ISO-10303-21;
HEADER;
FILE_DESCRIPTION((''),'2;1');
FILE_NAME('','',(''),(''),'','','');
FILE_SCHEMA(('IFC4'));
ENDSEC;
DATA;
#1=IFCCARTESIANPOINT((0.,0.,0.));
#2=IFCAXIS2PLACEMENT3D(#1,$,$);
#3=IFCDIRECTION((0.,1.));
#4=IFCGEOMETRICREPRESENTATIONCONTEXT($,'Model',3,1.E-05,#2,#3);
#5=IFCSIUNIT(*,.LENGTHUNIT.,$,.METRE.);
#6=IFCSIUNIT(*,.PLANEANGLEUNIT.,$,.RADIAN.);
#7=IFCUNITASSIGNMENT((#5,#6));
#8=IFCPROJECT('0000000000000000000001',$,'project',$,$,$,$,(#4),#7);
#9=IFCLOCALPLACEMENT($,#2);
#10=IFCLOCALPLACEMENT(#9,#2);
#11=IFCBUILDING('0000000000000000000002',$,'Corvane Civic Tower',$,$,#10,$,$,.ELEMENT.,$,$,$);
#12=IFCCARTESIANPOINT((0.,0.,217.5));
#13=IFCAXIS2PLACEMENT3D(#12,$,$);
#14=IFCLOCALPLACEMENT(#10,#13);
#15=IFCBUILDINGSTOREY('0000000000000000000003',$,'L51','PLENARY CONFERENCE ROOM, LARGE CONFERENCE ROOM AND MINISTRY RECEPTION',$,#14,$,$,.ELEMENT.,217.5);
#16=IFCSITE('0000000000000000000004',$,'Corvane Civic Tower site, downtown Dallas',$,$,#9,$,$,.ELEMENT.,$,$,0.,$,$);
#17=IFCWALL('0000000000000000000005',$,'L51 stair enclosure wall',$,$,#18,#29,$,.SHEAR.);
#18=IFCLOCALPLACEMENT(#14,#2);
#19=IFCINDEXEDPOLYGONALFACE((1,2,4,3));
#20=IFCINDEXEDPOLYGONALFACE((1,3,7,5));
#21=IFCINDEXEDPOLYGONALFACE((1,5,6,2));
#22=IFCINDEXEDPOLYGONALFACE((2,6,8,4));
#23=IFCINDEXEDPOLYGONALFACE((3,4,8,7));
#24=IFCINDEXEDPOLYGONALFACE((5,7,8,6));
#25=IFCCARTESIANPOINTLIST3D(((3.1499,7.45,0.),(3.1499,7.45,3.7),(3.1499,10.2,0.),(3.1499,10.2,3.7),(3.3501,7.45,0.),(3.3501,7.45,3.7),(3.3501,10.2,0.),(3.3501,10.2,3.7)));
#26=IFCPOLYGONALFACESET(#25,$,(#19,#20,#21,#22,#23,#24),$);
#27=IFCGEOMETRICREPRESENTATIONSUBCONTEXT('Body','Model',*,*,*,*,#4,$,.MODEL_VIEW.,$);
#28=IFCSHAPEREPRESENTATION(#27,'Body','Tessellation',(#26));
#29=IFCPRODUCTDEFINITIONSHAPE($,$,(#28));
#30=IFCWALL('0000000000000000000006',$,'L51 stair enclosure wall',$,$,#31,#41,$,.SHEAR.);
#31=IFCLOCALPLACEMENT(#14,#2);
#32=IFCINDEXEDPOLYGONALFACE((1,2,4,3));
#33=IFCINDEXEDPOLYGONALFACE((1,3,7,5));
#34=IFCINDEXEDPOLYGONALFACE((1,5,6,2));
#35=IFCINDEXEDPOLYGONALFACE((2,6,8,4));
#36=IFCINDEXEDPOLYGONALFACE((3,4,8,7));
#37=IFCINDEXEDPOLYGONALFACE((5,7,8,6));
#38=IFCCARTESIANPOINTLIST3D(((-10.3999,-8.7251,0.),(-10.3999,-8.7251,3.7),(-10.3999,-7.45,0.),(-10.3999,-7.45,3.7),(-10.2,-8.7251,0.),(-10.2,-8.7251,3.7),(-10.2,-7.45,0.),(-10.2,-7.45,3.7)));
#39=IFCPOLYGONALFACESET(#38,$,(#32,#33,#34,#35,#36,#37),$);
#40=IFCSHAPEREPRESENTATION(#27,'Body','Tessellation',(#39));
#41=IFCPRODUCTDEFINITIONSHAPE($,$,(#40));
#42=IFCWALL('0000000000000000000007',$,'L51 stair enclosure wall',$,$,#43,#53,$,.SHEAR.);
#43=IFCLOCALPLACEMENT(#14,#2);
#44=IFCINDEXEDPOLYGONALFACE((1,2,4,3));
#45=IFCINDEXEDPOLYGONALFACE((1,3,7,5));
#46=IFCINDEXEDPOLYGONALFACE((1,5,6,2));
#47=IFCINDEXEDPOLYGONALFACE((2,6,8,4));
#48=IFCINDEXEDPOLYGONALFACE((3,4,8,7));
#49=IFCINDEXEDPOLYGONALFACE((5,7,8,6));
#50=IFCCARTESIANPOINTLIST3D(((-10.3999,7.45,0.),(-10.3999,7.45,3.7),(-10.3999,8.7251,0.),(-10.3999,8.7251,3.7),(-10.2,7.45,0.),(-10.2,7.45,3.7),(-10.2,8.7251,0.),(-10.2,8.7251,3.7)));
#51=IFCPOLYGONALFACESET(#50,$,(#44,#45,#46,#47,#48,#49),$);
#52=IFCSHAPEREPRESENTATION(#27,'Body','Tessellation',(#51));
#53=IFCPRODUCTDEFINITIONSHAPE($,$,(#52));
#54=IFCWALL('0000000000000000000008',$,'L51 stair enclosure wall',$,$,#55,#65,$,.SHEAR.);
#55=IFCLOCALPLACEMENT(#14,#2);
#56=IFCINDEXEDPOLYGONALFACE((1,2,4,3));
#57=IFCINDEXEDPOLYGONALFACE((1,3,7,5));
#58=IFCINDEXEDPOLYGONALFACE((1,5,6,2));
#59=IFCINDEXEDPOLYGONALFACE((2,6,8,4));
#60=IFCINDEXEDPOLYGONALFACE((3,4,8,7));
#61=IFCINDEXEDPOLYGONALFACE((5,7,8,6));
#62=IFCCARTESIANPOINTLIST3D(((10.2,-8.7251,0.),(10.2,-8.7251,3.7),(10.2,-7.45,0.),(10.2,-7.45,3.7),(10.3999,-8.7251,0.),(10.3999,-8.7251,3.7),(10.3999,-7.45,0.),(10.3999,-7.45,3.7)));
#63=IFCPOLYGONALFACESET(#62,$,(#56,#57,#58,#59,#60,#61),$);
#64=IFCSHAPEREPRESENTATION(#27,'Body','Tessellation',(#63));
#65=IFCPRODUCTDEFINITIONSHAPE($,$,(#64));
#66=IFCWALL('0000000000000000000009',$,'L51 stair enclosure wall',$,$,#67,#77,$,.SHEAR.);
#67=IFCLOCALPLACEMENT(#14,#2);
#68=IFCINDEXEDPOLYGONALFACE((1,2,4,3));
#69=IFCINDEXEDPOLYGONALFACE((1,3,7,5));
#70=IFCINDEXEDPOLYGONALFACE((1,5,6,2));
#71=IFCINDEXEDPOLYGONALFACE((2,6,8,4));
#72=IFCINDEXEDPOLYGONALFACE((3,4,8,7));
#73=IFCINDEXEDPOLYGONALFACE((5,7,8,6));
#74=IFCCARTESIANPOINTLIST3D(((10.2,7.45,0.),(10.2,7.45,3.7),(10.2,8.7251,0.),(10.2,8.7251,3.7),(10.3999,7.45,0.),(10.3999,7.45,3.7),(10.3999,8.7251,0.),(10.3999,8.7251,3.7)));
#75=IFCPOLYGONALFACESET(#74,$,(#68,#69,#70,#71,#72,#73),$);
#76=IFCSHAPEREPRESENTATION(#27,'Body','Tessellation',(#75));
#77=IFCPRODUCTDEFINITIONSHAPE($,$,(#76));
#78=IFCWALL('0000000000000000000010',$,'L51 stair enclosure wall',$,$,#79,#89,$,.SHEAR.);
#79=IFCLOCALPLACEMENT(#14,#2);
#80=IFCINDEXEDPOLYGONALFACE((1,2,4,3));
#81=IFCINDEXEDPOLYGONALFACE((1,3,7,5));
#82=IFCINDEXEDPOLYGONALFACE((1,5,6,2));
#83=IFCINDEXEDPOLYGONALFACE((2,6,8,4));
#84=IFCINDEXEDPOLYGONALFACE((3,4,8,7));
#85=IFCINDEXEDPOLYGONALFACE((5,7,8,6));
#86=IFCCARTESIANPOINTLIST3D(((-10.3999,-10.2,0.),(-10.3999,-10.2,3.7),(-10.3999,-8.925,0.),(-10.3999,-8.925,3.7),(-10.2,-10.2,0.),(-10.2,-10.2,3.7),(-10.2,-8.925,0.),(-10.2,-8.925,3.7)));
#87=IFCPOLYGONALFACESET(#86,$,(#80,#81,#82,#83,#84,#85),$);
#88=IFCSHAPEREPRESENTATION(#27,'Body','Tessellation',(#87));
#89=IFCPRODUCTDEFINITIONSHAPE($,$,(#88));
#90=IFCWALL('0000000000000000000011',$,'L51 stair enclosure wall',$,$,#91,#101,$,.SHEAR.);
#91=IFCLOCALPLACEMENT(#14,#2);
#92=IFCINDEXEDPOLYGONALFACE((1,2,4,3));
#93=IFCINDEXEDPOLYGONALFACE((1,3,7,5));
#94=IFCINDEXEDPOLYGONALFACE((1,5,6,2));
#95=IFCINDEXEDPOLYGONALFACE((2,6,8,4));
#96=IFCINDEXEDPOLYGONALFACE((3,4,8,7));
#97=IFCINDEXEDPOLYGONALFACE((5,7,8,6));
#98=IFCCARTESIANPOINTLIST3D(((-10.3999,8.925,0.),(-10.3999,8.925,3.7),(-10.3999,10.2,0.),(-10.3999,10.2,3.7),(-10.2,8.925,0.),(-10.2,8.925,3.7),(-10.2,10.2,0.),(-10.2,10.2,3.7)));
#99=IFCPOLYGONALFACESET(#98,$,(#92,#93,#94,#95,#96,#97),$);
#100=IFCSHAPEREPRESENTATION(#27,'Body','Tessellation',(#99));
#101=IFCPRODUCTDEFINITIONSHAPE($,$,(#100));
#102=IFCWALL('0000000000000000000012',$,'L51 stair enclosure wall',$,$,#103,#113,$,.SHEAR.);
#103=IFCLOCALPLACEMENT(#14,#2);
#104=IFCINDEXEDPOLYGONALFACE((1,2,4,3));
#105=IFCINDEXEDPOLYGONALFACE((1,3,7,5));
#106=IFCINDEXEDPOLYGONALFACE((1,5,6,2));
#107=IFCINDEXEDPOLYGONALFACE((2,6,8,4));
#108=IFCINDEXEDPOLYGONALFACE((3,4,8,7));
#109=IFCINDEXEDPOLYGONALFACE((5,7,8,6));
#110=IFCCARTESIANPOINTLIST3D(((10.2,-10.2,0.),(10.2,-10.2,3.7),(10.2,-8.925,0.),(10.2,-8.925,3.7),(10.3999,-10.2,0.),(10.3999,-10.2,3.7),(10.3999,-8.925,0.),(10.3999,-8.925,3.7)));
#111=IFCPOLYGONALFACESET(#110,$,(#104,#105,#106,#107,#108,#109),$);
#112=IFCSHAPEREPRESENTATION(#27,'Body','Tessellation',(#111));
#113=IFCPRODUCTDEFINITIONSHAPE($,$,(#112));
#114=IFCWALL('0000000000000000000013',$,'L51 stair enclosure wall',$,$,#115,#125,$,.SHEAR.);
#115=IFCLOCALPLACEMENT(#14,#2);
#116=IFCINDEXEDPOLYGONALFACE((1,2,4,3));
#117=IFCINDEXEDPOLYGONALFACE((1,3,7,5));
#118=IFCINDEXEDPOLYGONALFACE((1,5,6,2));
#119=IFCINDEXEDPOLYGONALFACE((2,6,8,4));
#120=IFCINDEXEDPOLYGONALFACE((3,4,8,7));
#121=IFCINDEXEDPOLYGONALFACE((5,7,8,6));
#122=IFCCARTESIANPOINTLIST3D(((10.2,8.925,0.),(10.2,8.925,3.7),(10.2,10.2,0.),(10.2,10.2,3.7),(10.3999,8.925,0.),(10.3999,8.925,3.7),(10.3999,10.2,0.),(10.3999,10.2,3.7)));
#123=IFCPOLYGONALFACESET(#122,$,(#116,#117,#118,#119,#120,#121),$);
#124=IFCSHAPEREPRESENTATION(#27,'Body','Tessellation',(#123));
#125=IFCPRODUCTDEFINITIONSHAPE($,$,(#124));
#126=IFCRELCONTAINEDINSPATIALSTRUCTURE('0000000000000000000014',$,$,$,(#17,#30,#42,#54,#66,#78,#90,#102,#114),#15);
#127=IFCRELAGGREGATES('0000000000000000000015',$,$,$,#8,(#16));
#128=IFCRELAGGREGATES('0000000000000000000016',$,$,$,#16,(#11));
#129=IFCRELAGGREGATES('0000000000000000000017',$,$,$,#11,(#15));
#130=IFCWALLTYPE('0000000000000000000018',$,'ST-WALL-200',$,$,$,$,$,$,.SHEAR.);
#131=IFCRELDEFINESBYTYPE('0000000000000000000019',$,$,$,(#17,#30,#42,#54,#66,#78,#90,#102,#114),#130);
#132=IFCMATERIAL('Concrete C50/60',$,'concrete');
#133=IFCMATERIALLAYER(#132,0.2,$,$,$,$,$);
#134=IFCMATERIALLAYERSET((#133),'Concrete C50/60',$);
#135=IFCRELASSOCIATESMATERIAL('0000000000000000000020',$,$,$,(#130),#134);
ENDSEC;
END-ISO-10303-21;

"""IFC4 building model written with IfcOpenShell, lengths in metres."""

from ifc_helpers import new_model, si_unit, direction, frame, origin, place, context, subcontext, project, spatial, polyline, outline, extrude, material, layer, layer_set, type_object, element, save


model = new_model("IFC4")

# Units and contexts
model_context = context("Model", 3, precision=1e-05, world=origin(), true_north=direction((0.0, 1.0)))
body_context = subcontext(model_context, "Body", "Model", "MODEL_VIEW")
ifc_project = project(units=[si_unit("LENGTHUNIT", "METRE"), si_unit("PLANEANGLEUNIT", "RADIAN")], contexts=[model_context])

# Site, building, storey
site_placement = place(None, origin())
site = spatial("IfcSite", under=ifc_project, at=site_placement, Name="Corvane Civic Tower site, downtown Dallas", CompositionType="ELEMENT", RefElevation=0.0)
building_placement = place(site_placement, origin())
building = spatial("IfcBuilding", under=site, at=building_placement, Name="Corvane Civic Tower", CompositionType="ELEMENT")
storey_placement = place(building_placement, frame((0.0, 0.0, 217.5)))
storey = spatial("IfcBuildingStorey", under=building, at=storey_placement, Name="L51", Description="PLENARY CONFERENCE ROOM, LARGE CONFERENCE ROOM AND MINISTRY RECEPTION", CompositionType="ELEMENT", Elevation=217.5)

# Shared definitions
ifc_material_1 = material(Name="Concrete C50/60", Category="concrete")
ifc_layer_1 = layer(ifc_material_1, 0.2)
ifc_layer_set_1 = layer_set([ifc_layer_1], Name="Concrete C50/60")
wall_type_1 = type_object("IfcWallType", Name="ST-WALL-200", PredefinedType="SHEAR", material=ifc_layer_set_1)

# Walls
wall_1_placement = place(storey_placement, origin())
element("IfcWall", 1, at=wall_1_placement, inside=storey, type_object=wall_type_1, Name="L51 stair enclosure wall", PredefinedType="SHEAR", context=body_context, shape_type="SweptSolid", body=[
    extrude(outline(polyline([(3.3501, 7.45), (3.1499, 7.45), (3.1499, 10.2), (3.3501, 10.2), (3.3501, 7.45)])), origin(), (0.0, 0.0, 1.0), 3.7),
])
wall_2_placement = place(storey_placement, origin())
element("IfcWall", 2, at=wall_2_placement, inside=storey, type_object=wall_type_1, Name="L51 stair enclosure wall", PredefinedType="SHEAR", context=body_context, shape_type="SweptSolid", body=[
    extrude(outline(polyline([(-10.2, -7.45), (-10.2, -8.7251), (-10.3999, -8.7251), (-10.3999, -7.45), (-10.2, -7.45)])), origin(), (0.0, 0.0, 1.0), 3.7),
])
wall_3_placement = place(storey_placement, origin())
element("IfcWall", 3, at=wall_3_placement, inside=storey, type_object=wall_type_1, Name="L51 stair enclosure wall", PredefinedType="SHEAR", context=body_context, shape_type="SweptSolid", body=[
    extrude(outline(polyline([(-10.2, 8.7251), (-10.2, 7.45), (-10.3999, 7.45), (-10.3999, 8.7251), (-10.2, 8.7251)])), origin(), (0.0, 0.0, 1.0), 3.7),
])
wall_4_placement = place(storey_placement, origin())
element("IfcWall", 4, at=wall_4_placement, inside=storey, type_object=wall_type_1, Name="L51 stair enclosure wall", PredefinedType="SHEAR", context=body_context, shape_type="SweptSolid", body=[
    extrude(outline(polyline([(10.3999, -7.45), (10.3999, -8.7251), (10.2, -8.7251), (10.2, -7.45), (10.3999, -7.45)])), origin(), (0.0, 0.0, 1.0), 3.7),
])
wall_5_placement = place(storey_placement, origin())
element("IfcWall", 5, at=wall_5_placement, inside=storey, type_object=wall_type_1, Name="L51 stair enclosure wall", PredefinedType="SHEAR", context=body_context, shape_type="SweptSolid", body=[
    extrude(outline(polyline([(10.3999, 8.7251), (10.3999, 7.45), (10.2, 7.45), (10.2, 8.7251), (10.3999, 8.7251)])), origin(), (0.0, 0.0, 1.0), 3.7),
])
wall_6_placement = place(storey_placement, origin())
element("IfcWall", 6, at=wall_6_placement, inside=storey, type_object=wall_type_1, Name="L51 stair enclosure wall", PredefinedType="SHEAR", context=body_context, shape_type="SweptSolid", body=[
    extrude(outline(polyline([(-10.2, -8.925), (-10.2, -10.2), (-10.3999, -10.2), (-10.3999, -8.925), (-10.2, -8.925)])), origin(), (0.0, 0.0, 1.0), 3.7),
])
wall_7_placement = place(storey_placement, origin())
element("IfcWall", 7, at=wall_7_placement, inside=storey, type_object=wall_type_1, Name="L51 stair enclosure wall", PredefinedType="SHEAR", context=body_context, shape_type="SweptSolid", body=[
    extrude(outline(polyline([(-10.2, 8.925), (-10.3999, 8.925), (-10.3999, 10.2), (-10.2, 10.2), (-10.2, 8.925)])), origin(), (0.0, 0.0, 1.0), 3.7),
])
wall_8_placement = place(storey_placement, origin())
element("IfcWall", 8, at=wall_8_placement, inside=storey, type_object=wall_type_1, Name="L51 stair enclosure wall", PredefinedType="SHEAR", context=body_context, shape_type="SweptSolid", body=[
    extrude(outline(polyline([(10.3999, -8.925), (10.3999, -10.2), (10.2, -10.2), (10.2, -8.925), (10.3999, -8.925)])), origin(), (0.0, 0.0, 1.0), 3.7),
])
wall_9_placement = place(storey_placement, origin())
element("IfcWall", 9, at=wall_9_placement, inside=storey, type_object=wall_type_1, Name="L51 stair enclosure wall", PredefinedType="SHEAR", context=body_context, shape_type="SweptSolid", body=[
    extrude(outline(polyline([(10.3999, 8.925), (10.2, 8.925), (10.2, 10.2), (10.3999, 10.2), (10.3999, 8.925)])), origin(), (0.0, 0.0, 1.0), 3.7),
])

save(model, "model.ifc")
